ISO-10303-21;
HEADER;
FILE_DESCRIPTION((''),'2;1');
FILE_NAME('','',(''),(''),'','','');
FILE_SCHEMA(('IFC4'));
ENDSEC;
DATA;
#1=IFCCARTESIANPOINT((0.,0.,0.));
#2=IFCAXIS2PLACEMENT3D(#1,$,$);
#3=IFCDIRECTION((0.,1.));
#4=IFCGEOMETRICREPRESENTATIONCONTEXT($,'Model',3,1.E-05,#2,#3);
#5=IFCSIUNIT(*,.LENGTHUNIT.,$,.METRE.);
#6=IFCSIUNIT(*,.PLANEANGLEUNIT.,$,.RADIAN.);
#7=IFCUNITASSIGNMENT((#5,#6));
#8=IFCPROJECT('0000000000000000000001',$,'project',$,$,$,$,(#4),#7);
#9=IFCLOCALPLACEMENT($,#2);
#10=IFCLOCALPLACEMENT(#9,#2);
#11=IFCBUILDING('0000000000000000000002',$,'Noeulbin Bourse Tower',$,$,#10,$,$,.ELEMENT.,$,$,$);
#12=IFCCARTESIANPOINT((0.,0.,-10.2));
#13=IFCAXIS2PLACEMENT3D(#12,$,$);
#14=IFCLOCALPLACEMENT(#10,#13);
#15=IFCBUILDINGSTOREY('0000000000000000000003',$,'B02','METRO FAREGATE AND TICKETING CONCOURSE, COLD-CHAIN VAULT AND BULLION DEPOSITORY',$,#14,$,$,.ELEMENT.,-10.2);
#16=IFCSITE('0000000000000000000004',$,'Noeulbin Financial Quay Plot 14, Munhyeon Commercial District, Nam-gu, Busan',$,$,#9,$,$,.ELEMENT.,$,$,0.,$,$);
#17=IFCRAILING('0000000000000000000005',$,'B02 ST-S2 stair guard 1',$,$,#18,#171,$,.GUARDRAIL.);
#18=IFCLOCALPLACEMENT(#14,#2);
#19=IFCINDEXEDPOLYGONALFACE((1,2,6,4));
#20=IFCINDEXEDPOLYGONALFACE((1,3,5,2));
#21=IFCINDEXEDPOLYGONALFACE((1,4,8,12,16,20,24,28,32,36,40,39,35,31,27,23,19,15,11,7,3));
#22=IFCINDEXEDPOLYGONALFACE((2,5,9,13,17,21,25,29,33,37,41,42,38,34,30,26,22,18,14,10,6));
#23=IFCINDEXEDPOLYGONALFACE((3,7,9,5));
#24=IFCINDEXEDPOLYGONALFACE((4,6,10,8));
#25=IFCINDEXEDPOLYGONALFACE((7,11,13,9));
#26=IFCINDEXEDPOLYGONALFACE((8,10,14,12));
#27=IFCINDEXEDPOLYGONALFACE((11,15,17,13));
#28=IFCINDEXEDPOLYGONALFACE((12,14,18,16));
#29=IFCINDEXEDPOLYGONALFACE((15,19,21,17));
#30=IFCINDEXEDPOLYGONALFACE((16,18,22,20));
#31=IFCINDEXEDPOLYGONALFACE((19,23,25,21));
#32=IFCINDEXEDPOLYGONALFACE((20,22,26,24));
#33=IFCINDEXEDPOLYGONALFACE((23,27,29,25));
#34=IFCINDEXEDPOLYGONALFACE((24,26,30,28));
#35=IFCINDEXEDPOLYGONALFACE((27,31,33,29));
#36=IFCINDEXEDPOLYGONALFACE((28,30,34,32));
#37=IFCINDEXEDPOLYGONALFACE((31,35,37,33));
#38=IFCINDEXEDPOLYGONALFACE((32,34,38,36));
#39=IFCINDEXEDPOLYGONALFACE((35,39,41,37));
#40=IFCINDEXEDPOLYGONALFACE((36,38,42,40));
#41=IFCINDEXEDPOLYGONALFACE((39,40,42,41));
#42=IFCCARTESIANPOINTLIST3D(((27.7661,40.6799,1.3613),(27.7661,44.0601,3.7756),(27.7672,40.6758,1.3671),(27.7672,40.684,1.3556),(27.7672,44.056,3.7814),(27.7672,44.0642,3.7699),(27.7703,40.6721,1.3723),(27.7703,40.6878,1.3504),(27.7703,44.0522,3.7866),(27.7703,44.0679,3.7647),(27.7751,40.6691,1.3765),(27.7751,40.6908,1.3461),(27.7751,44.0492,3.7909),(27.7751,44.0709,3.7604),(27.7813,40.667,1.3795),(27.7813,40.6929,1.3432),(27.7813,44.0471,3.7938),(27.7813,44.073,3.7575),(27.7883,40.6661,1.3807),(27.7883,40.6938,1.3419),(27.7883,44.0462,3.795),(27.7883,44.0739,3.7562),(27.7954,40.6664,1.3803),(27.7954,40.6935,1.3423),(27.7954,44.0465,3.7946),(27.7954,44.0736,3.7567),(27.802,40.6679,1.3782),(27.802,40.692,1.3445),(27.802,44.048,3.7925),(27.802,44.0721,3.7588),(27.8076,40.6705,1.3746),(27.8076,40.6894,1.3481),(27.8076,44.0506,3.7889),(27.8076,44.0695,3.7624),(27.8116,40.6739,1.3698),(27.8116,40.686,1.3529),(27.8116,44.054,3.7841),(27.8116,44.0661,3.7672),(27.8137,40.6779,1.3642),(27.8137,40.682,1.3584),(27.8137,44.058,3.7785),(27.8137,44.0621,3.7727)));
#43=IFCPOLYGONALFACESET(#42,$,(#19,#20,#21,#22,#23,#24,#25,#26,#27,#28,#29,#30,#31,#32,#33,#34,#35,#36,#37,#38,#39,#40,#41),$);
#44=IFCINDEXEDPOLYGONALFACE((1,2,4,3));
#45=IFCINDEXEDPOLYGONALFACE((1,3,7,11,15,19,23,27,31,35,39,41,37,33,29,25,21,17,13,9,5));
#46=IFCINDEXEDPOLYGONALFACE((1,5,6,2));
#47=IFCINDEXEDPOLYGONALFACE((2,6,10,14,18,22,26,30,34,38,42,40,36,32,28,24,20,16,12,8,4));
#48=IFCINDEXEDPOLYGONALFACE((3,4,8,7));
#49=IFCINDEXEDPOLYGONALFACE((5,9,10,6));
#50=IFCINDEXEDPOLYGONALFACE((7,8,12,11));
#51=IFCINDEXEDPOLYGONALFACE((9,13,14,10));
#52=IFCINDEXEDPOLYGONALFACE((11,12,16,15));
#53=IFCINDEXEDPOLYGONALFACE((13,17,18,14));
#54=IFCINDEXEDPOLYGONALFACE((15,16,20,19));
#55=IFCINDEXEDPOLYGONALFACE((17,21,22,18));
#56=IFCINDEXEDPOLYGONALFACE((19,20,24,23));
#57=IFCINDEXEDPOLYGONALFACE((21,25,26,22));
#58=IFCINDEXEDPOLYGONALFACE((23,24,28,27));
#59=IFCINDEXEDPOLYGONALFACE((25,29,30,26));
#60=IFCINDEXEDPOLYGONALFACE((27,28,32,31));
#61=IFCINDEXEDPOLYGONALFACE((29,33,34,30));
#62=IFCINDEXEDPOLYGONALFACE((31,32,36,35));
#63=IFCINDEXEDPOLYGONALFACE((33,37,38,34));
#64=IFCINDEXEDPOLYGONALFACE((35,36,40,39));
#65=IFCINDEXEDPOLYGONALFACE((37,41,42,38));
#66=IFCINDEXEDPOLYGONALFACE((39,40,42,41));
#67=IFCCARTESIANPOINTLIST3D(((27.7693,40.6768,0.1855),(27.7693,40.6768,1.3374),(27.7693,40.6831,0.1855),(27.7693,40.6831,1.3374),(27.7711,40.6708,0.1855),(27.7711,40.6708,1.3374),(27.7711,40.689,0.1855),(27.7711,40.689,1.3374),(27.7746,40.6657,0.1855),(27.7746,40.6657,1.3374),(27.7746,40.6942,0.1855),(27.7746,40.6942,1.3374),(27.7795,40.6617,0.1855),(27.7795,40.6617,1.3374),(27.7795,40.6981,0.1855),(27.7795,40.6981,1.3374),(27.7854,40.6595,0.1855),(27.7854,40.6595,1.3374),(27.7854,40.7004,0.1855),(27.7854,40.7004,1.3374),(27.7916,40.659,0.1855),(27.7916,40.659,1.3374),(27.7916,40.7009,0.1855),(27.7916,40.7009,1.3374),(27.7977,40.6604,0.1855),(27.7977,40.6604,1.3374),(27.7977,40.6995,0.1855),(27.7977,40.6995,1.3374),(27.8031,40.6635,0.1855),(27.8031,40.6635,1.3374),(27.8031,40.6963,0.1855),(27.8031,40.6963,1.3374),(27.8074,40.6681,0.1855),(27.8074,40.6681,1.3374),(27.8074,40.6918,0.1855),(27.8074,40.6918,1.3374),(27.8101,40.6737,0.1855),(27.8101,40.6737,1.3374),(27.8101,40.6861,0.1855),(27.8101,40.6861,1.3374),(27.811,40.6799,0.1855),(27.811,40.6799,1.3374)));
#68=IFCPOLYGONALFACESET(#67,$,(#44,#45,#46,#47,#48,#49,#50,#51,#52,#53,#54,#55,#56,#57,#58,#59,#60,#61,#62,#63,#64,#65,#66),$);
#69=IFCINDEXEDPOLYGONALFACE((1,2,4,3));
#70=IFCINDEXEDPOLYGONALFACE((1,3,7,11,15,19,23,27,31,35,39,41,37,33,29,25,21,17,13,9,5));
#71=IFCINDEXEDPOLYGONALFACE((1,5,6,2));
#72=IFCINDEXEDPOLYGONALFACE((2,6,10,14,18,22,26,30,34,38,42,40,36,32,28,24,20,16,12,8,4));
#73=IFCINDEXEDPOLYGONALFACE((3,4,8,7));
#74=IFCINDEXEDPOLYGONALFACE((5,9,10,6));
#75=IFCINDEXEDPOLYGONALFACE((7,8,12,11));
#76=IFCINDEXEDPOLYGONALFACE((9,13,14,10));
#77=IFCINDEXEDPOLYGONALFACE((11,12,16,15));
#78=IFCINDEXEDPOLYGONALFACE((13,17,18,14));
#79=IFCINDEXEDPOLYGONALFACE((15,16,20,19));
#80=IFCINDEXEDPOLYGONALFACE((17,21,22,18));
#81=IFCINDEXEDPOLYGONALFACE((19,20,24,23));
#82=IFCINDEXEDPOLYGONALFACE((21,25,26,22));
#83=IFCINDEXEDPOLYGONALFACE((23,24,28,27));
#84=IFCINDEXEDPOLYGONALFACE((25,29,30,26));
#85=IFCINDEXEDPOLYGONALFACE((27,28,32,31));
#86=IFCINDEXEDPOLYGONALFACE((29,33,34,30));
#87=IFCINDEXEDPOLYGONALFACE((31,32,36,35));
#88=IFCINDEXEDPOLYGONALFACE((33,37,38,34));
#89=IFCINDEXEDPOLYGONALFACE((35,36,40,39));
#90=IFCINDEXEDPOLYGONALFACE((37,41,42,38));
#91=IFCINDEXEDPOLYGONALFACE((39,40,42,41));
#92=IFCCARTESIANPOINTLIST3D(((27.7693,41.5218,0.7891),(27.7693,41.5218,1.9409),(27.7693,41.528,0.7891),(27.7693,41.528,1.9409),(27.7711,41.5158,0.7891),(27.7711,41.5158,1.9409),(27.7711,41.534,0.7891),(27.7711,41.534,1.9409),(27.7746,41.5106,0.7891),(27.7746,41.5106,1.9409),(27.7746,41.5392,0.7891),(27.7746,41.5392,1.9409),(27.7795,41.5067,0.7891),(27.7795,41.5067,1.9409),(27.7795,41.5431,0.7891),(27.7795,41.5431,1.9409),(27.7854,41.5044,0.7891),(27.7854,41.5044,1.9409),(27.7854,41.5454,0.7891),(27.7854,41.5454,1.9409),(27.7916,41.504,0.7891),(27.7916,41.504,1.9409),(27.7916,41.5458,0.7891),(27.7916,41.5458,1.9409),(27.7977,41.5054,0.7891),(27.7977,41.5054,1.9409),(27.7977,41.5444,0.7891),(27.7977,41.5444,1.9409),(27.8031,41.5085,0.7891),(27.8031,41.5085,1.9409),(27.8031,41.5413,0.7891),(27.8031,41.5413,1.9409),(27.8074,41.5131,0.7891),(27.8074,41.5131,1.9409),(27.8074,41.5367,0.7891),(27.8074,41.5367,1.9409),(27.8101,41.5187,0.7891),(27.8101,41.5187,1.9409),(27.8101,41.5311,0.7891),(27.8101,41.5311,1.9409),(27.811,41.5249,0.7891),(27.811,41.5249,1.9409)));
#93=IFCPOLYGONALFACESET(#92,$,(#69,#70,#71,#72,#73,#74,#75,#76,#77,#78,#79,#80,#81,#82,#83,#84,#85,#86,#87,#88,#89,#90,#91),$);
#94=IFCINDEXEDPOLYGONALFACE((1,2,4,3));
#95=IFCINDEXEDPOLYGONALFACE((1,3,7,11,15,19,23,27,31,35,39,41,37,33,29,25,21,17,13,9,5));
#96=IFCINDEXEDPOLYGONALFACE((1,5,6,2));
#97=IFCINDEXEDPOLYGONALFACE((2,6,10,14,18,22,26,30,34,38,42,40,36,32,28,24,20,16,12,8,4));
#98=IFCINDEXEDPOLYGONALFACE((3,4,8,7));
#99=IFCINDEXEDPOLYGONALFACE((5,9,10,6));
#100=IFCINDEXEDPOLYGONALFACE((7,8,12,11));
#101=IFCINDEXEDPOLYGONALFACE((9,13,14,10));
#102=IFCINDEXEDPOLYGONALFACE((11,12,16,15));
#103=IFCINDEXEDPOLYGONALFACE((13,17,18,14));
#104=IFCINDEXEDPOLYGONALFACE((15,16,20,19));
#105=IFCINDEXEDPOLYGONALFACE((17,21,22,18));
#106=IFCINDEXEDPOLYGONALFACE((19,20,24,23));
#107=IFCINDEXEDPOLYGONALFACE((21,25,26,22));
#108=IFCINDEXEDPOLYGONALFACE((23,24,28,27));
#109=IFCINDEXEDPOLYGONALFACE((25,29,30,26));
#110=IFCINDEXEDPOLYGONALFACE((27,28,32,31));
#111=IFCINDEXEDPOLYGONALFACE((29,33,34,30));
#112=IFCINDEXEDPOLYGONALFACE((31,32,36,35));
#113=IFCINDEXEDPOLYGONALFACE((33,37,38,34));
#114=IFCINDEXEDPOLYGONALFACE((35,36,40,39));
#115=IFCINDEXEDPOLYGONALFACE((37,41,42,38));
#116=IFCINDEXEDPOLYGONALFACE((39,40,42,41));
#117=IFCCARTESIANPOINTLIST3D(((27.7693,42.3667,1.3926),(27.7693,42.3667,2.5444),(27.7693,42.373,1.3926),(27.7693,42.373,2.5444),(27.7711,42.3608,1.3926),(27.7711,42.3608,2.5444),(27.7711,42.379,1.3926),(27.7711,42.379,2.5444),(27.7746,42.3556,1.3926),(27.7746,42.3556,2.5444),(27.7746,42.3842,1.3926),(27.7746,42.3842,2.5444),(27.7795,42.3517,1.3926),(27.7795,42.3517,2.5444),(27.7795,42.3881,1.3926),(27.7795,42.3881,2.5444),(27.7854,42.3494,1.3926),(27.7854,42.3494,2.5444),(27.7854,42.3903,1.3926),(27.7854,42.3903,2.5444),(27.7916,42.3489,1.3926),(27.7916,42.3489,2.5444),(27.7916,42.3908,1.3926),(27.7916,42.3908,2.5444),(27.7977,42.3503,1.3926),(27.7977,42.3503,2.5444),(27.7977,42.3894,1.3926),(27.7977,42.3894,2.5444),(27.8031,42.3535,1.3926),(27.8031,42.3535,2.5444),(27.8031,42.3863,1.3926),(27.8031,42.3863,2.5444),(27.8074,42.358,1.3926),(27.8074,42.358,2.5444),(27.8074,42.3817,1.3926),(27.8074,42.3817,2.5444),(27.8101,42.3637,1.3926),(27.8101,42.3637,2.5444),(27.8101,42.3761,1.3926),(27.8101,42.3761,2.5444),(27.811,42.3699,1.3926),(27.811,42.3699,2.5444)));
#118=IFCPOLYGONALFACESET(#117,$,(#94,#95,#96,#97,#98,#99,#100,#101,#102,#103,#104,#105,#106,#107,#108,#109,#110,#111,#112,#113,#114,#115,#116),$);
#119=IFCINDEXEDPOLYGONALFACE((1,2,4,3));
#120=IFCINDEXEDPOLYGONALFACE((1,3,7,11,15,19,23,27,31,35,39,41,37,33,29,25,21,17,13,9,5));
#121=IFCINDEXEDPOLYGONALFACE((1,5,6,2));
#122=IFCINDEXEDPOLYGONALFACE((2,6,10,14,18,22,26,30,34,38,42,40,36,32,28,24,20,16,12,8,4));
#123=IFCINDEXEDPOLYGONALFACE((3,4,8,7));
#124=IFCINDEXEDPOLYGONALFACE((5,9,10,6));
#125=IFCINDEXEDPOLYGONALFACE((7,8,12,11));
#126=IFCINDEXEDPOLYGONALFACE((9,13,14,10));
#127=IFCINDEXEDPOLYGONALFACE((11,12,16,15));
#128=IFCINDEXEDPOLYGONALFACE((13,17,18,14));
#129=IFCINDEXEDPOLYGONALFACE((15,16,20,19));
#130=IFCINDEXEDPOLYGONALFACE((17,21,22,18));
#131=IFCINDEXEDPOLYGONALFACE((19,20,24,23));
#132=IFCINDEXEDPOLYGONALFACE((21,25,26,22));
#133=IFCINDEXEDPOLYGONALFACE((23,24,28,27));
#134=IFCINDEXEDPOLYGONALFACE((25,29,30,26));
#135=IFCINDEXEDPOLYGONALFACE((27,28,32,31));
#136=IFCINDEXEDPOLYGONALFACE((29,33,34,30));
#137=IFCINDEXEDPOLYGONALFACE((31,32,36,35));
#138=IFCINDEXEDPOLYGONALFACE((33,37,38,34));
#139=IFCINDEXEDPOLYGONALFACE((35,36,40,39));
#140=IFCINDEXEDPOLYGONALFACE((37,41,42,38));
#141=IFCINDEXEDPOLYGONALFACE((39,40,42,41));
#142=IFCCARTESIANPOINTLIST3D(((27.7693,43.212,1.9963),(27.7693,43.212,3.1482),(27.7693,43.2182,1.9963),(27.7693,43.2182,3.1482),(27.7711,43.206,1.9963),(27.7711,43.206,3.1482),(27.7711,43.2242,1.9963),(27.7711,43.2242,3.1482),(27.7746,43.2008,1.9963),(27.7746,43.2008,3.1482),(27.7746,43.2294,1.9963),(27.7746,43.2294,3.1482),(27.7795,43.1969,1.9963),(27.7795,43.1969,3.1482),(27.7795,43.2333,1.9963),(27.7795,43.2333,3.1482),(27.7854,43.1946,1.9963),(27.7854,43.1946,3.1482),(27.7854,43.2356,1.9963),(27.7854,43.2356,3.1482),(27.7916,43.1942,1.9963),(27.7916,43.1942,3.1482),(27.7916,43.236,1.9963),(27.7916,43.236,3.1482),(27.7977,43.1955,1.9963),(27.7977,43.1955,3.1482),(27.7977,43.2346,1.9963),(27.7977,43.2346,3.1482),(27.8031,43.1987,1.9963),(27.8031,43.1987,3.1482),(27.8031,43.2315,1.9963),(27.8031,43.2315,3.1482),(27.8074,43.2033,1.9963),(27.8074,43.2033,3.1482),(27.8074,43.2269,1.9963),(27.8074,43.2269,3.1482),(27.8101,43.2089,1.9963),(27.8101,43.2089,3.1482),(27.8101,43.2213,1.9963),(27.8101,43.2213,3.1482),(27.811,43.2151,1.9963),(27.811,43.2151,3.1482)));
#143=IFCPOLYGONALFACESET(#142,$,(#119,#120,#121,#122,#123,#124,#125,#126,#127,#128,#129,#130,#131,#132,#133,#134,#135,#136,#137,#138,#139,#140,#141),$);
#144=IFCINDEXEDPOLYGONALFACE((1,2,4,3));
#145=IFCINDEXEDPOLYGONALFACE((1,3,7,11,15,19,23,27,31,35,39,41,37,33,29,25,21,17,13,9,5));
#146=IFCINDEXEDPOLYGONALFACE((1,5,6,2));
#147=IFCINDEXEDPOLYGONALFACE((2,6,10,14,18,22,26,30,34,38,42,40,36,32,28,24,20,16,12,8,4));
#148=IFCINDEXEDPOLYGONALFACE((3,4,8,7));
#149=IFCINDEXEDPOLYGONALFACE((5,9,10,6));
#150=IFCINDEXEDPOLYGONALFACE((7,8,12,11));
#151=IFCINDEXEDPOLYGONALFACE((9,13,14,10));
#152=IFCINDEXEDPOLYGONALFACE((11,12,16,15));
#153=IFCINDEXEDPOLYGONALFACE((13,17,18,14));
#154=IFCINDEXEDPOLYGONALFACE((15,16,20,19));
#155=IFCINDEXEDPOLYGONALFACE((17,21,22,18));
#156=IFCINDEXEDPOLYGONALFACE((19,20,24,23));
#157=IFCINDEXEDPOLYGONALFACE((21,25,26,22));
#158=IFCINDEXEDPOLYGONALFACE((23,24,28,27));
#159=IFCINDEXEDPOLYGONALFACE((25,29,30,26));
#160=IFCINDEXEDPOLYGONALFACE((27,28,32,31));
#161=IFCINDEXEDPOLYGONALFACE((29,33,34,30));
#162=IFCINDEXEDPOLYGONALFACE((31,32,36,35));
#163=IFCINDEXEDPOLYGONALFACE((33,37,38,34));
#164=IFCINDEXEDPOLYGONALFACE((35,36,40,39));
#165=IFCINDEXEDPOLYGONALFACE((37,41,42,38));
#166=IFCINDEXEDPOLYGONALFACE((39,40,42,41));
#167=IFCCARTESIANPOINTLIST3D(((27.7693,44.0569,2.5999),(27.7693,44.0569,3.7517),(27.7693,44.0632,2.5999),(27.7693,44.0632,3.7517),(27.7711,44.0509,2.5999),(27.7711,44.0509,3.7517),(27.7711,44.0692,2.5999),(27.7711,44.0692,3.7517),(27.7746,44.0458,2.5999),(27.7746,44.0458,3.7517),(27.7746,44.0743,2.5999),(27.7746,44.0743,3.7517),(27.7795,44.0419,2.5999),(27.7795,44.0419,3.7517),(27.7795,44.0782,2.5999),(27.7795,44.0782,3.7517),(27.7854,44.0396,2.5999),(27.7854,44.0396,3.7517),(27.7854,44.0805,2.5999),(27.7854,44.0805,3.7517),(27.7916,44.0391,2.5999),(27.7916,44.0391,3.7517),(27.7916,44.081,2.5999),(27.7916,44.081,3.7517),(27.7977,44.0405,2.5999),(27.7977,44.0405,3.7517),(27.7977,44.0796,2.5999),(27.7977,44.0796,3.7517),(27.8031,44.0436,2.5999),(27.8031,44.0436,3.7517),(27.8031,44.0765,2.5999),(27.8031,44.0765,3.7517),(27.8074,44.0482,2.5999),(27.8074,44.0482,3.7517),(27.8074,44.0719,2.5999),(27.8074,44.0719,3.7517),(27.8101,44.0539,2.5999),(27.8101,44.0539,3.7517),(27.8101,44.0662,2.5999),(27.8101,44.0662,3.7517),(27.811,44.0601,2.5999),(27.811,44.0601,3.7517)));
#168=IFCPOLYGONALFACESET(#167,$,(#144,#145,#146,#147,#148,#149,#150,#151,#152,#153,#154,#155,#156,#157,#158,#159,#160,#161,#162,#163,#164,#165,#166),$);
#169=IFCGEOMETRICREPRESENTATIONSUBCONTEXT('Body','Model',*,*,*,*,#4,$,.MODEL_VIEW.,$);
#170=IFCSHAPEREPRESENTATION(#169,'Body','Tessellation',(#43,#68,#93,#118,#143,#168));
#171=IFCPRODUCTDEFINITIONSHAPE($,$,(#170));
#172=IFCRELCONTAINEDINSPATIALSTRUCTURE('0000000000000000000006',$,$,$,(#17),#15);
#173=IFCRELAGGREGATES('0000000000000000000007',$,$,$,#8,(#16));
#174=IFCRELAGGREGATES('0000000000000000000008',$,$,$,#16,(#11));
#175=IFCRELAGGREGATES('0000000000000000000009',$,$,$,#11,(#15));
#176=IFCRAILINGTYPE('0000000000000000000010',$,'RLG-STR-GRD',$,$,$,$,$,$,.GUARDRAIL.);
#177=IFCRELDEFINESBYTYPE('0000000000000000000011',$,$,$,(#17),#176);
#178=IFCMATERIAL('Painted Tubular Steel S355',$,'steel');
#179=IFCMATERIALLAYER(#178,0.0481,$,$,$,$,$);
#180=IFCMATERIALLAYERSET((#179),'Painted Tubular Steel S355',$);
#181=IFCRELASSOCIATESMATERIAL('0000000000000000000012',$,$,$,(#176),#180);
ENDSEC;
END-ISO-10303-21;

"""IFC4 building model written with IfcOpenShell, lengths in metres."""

from ifc_helpers import new_model, si_unit, direction, frame, origin, origin_2d, place, context, subcontext, project, spatial, circle, extrude, material, layer, layer_set, type_object, element, save


model = new_model("IFC4")

# Units and contexts
model_context = context("Model", 3, precision=1e-05, world=origin(), true_north=direction((0.0, 1.0)))
body_context = subcontext(model_context, "Body", "Model", "MODEL_VIEW")
ifc_project = project(units=[si_unit("LENGTHUNIT", "METRE"), si_unit("PLANEANGLEUNIT", "RADIAN")], contexts=[model_context])

# Site, building, storey
site_placement = place(None, origin())
site = spatial("IfcSite", under=ifc_project, at=site_placement, Name="Noeulbin Financial Quay Plot 14, Munhyeon Commercial District, Nam-gu, Busan", CompositionType="ELEMENT", RefElevation=0.0)
building_placement = place(site_placement, origin())
building = spatial("IfcBuilding", under=site, at=building_placement, Name="Noeulbin Bourse Tower", CompositionType="ELEMENT")
storey_placement = place(building_placement, frame((0.0, 0.0, -10.2)))
storey = spatial("IfcBuildingStorey", under=building, at=storey_placement, Name="B02", Description="METRO FAREGATE AND TICKETING CONCOURSE, COLD-CHAIN VAULT AND BULLION DEPOSITORY", CompositionType="ELEMENT", Elevation=-10.2)

# Railing
ifc_material_1 = material(Name="Painted Tubular Steel S355", Category="steel")
ifc_layer_1 = layer(ifc_material_1, 0.0481)
ifc_layer_set_1 = layer_set([ifc_layer_1], Name="Painted Tubular Steel S355")
railing_type = type_object("IfcRailingType", Name="RLG-STR-GRD", PredefinedType="GUARDRAIL", material=ifc_layer_set_1)
railing_1_placement = place(storey_placement, frame((27.79, 40.6799, 0.1855)))
element("IfcRailing", 1, at=railing_1_placement, inside=storey, type_object=railing_type, Name="B02 ST-S2 stair guard 1", PredefinedType="GUARDRAIL", context=body_context, shape_type="SweptSolid", body=[
    extrude(circle(Radius=0.0239, at=origin_2d()), frame((0.0, 0.0, 1.1758), z_axis=(0.0, 0.813741, 0.581227), x_axis=(-1.0, 0.0, 0.0)), (0.0, 0.0, 1.0), 4.1538),
    extrude(circle(Radius=0.021, at=origin_2d()), origin(), (0.0, 0.0, 1.0), 1.1519),
    extrude(circle(Radius=0.021, at=origin_2d()), frame((0.0, 0.845, 0.6035)), (0.0, 0.0, 1.0), 1.1519),
    extrude(circle(Radius=0.021, at=origin_2d()), frame((0.0, 1.6899, 1.207)), (0.0, 0.0, 1.0), 1.1519),
    extrude(circle(Radius=0.021, at=origin_2d()), frame((0.0, 2.5352, 1.8108)), (0.0, 0.0, 1.0), 1.1519),
    extrude(circle(Radius=0.021, at=origin_2d()), frame((0.0, 3.3801, 2.4143)), (0.0, 0.0, 1.0), 1.1519),
])

save(model, "model.ifc")
